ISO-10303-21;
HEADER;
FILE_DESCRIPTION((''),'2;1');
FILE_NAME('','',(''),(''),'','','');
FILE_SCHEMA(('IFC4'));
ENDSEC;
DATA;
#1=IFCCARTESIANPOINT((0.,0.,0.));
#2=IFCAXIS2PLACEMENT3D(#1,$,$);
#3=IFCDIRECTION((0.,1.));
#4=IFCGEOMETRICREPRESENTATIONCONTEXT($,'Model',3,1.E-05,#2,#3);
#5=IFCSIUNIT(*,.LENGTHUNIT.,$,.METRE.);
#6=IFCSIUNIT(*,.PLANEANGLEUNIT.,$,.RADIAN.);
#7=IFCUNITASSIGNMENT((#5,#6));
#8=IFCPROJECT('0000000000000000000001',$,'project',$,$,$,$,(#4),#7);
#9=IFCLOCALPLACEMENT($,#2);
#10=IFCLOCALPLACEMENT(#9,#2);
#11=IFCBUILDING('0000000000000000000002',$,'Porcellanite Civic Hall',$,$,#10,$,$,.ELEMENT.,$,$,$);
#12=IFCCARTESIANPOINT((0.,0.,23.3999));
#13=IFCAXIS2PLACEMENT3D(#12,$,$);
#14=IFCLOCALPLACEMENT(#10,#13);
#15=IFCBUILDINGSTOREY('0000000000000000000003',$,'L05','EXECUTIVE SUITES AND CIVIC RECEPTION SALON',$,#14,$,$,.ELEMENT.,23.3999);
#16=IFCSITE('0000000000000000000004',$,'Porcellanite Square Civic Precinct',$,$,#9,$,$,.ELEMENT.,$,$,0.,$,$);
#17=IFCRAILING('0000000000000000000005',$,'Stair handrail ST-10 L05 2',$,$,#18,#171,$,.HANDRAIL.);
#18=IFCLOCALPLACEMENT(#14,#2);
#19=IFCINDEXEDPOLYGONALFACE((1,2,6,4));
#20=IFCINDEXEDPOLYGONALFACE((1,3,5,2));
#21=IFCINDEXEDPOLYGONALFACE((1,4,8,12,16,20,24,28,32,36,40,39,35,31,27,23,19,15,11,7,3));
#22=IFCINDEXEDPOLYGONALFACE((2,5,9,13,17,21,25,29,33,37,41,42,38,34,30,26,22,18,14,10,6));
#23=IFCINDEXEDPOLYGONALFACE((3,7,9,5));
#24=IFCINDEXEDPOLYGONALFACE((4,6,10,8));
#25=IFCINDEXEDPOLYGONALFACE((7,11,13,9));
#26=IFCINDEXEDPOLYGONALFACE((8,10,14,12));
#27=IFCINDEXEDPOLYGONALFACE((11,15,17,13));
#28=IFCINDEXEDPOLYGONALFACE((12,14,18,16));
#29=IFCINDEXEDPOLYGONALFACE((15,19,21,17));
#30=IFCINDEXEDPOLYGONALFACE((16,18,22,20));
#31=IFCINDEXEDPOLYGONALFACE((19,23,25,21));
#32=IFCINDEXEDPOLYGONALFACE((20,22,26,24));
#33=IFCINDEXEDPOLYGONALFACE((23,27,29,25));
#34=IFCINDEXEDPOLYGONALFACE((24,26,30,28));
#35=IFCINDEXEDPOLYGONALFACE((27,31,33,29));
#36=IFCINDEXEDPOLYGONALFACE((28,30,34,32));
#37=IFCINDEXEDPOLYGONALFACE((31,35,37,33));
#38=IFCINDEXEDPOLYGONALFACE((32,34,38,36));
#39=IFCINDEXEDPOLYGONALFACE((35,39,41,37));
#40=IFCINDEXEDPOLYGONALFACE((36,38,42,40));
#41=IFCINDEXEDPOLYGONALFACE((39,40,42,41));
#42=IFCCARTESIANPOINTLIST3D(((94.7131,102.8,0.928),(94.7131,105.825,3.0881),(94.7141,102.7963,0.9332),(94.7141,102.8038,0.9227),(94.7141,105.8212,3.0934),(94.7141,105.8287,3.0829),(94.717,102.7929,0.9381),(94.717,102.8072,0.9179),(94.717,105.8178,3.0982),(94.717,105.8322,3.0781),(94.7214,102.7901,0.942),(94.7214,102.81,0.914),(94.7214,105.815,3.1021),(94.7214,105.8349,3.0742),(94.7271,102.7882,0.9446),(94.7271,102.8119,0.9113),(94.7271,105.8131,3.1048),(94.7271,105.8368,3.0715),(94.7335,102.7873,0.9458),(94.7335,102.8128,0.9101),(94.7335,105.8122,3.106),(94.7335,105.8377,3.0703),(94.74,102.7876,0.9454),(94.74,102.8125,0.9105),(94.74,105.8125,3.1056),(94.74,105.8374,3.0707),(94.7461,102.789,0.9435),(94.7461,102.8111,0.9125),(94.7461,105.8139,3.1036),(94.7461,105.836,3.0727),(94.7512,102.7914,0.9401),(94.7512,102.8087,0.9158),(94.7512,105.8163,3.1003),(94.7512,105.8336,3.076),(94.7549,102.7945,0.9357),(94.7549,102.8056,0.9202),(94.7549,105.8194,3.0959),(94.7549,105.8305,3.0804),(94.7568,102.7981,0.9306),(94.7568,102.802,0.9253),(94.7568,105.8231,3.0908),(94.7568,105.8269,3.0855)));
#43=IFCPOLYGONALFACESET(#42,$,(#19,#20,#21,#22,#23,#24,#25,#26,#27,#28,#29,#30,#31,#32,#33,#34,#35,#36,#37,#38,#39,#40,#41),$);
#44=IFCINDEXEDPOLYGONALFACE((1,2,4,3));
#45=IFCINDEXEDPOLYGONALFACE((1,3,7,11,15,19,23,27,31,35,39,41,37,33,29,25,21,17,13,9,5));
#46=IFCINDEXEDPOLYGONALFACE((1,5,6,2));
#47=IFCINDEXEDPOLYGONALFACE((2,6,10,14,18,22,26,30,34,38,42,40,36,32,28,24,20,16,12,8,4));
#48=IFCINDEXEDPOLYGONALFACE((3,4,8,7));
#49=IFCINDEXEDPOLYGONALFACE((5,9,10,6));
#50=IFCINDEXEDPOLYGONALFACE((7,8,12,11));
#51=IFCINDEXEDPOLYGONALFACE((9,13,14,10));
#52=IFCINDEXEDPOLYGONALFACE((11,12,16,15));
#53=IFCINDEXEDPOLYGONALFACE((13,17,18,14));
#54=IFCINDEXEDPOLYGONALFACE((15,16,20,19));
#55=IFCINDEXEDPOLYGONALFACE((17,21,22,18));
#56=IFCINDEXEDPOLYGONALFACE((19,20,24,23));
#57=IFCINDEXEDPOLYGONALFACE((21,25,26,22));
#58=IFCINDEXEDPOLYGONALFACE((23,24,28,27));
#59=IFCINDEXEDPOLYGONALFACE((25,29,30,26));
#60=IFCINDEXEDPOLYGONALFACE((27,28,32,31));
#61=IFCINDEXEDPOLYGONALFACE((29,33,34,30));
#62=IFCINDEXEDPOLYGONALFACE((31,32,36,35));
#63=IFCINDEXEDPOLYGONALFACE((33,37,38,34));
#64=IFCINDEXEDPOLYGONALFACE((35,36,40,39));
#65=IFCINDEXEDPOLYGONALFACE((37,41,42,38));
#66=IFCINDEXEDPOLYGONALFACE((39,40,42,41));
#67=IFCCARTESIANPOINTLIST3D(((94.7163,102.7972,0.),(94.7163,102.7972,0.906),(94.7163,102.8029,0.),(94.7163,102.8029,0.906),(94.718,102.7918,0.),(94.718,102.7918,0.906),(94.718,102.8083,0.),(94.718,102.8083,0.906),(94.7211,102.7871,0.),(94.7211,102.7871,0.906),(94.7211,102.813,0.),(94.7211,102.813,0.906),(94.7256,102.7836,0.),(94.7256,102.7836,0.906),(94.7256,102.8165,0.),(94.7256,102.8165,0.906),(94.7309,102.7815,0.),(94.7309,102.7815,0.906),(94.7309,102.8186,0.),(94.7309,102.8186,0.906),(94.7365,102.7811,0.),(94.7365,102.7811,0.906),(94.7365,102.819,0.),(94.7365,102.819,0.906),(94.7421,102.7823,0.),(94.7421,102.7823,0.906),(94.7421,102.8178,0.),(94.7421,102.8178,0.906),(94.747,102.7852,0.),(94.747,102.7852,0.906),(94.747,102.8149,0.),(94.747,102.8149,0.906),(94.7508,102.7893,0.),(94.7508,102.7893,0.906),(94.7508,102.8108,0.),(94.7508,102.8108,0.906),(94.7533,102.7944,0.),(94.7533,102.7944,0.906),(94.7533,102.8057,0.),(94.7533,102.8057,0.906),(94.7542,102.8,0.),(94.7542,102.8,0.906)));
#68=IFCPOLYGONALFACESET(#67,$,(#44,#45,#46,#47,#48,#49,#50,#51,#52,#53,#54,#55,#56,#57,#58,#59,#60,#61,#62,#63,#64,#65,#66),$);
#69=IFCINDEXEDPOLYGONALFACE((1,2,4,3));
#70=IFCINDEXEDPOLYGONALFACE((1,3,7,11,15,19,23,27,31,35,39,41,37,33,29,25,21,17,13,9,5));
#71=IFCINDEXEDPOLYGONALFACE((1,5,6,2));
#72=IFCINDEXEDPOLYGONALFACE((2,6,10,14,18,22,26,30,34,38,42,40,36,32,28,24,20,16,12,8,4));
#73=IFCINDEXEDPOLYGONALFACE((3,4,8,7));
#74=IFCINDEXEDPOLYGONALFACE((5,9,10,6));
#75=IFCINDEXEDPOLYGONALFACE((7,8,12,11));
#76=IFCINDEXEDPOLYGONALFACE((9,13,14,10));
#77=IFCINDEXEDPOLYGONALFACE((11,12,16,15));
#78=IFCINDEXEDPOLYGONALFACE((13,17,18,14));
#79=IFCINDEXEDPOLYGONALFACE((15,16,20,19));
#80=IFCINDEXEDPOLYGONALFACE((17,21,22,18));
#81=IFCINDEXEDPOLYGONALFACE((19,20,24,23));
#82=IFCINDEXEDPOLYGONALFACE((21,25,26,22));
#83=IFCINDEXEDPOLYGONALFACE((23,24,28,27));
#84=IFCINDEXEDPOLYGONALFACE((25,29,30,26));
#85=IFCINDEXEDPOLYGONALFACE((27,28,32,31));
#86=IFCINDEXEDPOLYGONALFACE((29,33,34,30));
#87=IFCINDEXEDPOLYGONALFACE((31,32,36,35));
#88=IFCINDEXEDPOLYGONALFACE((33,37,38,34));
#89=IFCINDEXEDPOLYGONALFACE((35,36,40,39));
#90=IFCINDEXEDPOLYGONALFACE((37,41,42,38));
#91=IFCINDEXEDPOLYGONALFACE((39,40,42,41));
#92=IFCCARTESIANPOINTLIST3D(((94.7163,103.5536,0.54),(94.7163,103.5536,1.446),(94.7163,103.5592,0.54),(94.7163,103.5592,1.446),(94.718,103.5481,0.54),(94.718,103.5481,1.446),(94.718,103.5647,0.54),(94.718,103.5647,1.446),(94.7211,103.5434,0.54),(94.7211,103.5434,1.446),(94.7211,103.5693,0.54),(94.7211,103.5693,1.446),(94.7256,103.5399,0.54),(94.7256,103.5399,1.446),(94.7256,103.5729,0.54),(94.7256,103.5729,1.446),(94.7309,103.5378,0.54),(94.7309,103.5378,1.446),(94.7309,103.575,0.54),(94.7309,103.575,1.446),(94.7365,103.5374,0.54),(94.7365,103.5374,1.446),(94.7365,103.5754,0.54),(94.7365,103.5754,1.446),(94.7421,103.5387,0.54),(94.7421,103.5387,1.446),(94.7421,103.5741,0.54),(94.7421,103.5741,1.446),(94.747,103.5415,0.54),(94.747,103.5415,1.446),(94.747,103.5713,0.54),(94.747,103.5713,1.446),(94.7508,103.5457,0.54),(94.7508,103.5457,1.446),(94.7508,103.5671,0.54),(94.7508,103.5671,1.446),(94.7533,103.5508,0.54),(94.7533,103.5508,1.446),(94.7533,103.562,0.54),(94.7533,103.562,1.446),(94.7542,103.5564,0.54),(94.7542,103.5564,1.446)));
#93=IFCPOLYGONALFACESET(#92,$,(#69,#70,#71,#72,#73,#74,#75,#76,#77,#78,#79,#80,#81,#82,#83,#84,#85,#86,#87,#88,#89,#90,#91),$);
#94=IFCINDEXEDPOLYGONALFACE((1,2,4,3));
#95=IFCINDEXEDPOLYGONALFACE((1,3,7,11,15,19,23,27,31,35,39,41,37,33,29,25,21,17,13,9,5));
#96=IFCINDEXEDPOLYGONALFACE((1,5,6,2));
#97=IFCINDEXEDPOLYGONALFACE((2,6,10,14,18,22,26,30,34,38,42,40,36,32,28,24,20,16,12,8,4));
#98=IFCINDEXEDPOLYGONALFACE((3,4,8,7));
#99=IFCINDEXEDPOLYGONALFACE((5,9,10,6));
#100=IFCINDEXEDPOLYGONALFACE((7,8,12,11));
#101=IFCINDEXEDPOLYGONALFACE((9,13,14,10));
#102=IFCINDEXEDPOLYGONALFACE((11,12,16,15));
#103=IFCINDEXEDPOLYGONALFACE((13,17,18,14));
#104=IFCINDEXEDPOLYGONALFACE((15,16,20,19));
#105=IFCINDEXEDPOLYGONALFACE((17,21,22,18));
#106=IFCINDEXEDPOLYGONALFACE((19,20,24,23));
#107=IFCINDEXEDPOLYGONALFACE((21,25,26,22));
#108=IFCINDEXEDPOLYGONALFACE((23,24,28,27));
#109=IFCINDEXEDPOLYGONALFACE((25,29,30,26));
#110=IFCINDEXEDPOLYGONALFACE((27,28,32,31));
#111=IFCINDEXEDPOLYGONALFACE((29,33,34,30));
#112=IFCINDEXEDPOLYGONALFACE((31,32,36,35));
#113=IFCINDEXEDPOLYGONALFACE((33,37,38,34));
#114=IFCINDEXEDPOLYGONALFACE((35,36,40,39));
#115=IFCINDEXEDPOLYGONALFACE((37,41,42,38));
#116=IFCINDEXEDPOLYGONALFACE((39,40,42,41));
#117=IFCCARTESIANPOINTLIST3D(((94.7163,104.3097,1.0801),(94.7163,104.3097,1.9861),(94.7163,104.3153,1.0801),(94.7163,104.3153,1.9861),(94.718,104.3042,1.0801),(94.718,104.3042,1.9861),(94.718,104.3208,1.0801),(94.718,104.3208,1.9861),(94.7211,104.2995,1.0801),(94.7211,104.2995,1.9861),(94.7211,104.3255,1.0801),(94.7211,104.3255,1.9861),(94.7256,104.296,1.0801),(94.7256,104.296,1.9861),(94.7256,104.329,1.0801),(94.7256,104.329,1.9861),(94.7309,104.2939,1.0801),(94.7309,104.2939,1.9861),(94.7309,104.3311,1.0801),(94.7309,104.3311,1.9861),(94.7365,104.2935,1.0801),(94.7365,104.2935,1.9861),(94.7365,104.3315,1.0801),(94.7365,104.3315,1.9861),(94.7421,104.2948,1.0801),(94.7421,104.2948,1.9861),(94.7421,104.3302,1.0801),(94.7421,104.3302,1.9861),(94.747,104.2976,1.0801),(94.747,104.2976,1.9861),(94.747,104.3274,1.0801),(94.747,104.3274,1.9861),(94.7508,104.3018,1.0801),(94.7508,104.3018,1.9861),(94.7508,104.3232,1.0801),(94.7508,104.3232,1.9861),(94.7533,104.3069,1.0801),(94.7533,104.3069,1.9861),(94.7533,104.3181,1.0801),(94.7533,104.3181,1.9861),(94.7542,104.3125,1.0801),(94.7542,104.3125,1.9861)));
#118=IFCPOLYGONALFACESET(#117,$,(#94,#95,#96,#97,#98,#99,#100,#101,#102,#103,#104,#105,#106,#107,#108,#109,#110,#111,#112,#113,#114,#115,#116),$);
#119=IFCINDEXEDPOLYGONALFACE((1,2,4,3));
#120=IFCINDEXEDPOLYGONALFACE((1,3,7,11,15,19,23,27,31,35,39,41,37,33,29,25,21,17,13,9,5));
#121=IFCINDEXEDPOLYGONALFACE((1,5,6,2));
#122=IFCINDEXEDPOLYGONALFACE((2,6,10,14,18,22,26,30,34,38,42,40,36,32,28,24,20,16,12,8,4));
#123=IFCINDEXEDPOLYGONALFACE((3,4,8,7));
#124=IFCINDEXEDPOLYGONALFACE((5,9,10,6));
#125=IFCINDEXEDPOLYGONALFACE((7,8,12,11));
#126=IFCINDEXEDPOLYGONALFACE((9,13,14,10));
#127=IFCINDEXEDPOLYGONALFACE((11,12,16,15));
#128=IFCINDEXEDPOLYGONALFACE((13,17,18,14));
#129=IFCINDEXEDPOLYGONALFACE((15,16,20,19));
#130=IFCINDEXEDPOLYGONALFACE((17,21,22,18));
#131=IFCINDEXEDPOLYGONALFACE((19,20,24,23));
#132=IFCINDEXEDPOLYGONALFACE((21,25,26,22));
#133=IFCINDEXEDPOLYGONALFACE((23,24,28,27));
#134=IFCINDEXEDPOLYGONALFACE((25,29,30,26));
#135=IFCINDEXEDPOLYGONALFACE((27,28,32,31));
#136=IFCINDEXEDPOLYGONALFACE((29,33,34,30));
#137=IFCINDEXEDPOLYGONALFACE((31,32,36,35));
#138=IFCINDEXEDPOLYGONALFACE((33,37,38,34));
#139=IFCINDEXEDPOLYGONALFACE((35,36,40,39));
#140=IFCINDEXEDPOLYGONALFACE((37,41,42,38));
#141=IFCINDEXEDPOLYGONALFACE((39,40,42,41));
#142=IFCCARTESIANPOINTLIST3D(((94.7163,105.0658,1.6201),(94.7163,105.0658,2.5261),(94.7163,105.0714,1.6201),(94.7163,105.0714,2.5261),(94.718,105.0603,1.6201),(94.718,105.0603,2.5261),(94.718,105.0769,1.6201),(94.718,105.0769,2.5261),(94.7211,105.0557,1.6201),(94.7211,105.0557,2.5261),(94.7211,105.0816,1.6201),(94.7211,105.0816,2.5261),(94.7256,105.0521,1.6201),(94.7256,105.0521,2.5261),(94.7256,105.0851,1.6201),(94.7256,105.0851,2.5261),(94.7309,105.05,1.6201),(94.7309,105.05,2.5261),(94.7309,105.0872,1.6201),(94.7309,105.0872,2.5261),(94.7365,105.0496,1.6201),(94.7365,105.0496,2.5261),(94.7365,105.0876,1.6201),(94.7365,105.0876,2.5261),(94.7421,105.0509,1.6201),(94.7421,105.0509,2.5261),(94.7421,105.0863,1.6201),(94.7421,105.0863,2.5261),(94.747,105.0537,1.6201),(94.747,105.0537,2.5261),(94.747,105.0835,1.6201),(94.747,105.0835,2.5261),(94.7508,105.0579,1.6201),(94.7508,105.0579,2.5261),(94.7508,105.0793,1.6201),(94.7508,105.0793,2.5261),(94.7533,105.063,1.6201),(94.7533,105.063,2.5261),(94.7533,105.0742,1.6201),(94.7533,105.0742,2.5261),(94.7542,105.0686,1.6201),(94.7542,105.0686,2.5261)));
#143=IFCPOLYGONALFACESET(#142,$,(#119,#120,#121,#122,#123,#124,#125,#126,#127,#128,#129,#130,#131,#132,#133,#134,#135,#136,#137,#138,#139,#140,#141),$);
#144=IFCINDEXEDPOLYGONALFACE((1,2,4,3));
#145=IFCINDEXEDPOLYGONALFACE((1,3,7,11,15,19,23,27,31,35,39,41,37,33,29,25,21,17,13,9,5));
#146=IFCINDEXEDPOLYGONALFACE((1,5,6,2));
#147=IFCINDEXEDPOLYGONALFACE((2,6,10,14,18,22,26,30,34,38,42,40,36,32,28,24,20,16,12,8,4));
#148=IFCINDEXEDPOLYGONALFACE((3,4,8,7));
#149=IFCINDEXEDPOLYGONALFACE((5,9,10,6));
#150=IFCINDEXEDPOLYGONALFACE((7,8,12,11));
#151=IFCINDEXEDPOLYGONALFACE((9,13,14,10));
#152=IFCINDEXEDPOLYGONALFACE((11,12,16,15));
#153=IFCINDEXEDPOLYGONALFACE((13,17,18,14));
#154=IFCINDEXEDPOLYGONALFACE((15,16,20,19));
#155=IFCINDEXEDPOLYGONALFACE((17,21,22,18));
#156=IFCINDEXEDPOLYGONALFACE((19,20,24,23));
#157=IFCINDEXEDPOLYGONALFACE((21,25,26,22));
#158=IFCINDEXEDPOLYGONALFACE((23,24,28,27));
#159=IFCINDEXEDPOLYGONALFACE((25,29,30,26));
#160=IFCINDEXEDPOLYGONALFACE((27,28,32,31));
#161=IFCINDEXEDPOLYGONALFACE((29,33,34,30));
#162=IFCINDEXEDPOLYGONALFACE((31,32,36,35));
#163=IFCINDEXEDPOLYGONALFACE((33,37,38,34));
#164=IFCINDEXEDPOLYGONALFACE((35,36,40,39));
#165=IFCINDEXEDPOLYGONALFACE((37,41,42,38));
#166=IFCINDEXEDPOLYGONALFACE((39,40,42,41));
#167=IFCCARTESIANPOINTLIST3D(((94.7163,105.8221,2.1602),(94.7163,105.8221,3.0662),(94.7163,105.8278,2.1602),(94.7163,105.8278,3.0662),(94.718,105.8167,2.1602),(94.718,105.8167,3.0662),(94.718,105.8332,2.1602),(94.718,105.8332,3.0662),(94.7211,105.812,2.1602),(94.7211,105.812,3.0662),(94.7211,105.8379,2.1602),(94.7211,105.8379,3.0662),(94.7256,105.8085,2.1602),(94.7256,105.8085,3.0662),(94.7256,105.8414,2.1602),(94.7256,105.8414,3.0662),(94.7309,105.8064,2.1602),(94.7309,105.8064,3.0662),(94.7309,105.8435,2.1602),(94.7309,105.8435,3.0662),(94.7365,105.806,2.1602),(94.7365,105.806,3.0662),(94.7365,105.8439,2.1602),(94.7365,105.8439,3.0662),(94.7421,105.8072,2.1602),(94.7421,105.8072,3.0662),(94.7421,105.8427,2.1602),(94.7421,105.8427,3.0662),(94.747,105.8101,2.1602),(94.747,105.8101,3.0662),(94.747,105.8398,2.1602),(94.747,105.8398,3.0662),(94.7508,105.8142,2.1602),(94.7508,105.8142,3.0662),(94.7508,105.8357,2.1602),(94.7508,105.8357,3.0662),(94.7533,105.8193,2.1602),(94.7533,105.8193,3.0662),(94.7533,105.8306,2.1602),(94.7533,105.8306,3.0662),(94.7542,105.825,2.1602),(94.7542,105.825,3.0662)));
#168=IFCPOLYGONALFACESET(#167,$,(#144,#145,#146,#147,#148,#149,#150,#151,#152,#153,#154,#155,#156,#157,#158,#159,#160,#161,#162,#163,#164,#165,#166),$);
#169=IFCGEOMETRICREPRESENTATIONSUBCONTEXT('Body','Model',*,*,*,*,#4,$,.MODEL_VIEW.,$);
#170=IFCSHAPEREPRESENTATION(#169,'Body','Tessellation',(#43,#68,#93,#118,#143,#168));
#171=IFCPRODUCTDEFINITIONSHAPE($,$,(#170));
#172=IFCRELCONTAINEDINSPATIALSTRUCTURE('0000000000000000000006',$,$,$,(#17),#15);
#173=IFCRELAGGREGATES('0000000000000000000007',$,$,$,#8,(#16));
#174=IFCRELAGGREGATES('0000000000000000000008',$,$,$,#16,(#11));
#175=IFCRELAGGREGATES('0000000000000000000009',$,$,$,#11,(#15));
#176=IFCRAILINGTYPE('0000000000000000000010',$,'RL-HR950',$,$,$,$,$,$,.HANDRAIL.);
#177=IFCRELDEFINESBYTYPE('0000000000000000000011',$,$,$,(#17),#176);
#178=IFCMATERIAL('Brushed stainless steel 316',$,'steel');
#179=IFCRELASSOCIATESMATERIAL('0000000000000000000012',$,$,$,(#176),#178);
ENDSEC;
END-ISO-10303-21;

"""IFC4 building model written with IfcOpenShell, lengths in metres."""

from ifc_helpers import new_model, si_unit, direction, frame, origin, origin_2d, place, context, subcontext, project, spatial, circle, extrude, material, type_object, element, save


model = new_model("IFC4")

# Units and contexts
model_context = context("Model", 3, precision=1e-05, world=origin(), true_north=direction((0.0, 1.0)))
body_context = subcontext(model_context, "Body", "Model", "MODEL_VIEW")
ifc_project = project(units=[si_unit("LENGTHUNIT", "METRE"), si_unit("PLANEANGLEUNIT", "RADIAN")], contexts=[model_context])

# Site, building, storey
site_placement = place(None, origin())
site = spatial("IfcSite", under=ifc_project, at=site_placement, Name="Porcellanite Square Civic Precinct", CompositionType="ELEMENT", RefElevation=0.0)
building_placement = place(site_placement, origin())
building = spatial("IfcBuilding", under=site, at=building_placement, Name="Porcellanite Civic Hall", CompositionType="ELEMENT")
storey_placement = place(building_placement, frame((0.0, 0.0, 23.3999)))
storey = spatial("IfcBuildingStorey", under=building, at=storey_placement, Name="L05", Description="EXECUTIVE SUITES AND CIVIC RECEPTION SALON", CompositionType="ELEMENT", Elevation=23.3999)

# Railing
ifc_material_1 = material(Name="Brushed stainless steel 316", Category="steel")
railing_type_1 = type_object("IfcRailingType", Name="RL-HR950", PredefinedType="HANDRAIL", material=ifc_material_1)
railing_1_placement = place(storey_placement, frame((94.7351, 102.8, 0.0)))
element("IfcRailing", 1, at=railing_1_placement, inside=storey, type_object=railing_type_1, Name="Stair handrail ST-10 L05 2", PredefinedType="HANDRAIL", context=body_context, shape_type="SweptSolid", body=[
    extrude(circle(Radius=0.022, at=origin_2d()), frame((0.0, 0.0, 0.928), z_axis=(0.0, 0.813796, 0.581151), x_axis=(-1.0, 0.0, 0.0)), (0.0, 0.0, 1.0), 3.717),
    extrude(circle(Radius=0.019, at=origin_2d()), origin(), (0.0, 0.0, 1.0), 0.906),
    extrude(circle(Radius=0.019, at=origin_2d()), frame((0.0, 0.7563, 0.54)), (0.0, 0.0, 1.0), 0.906),
    extrude(circle(Radius=0.019, at=origin_2d()), frame((0.0, 1.5125, 1.0801)), (0.0, 0.0, 1.0), 0.906),
    extrude(circle(Radius=0.019, at=origin_2d()), frame((0.0, 2.2686, 1.6201)), (0.0, 0.0, 1.0), 0.906),
    extrude(circle(Radius=0.019, at=origin_2d()), frame((0.0, 3.0249, 2.1602)), (0.0, 0.0, 1.0), 0.906),
])

save(model, "model.ifc")
